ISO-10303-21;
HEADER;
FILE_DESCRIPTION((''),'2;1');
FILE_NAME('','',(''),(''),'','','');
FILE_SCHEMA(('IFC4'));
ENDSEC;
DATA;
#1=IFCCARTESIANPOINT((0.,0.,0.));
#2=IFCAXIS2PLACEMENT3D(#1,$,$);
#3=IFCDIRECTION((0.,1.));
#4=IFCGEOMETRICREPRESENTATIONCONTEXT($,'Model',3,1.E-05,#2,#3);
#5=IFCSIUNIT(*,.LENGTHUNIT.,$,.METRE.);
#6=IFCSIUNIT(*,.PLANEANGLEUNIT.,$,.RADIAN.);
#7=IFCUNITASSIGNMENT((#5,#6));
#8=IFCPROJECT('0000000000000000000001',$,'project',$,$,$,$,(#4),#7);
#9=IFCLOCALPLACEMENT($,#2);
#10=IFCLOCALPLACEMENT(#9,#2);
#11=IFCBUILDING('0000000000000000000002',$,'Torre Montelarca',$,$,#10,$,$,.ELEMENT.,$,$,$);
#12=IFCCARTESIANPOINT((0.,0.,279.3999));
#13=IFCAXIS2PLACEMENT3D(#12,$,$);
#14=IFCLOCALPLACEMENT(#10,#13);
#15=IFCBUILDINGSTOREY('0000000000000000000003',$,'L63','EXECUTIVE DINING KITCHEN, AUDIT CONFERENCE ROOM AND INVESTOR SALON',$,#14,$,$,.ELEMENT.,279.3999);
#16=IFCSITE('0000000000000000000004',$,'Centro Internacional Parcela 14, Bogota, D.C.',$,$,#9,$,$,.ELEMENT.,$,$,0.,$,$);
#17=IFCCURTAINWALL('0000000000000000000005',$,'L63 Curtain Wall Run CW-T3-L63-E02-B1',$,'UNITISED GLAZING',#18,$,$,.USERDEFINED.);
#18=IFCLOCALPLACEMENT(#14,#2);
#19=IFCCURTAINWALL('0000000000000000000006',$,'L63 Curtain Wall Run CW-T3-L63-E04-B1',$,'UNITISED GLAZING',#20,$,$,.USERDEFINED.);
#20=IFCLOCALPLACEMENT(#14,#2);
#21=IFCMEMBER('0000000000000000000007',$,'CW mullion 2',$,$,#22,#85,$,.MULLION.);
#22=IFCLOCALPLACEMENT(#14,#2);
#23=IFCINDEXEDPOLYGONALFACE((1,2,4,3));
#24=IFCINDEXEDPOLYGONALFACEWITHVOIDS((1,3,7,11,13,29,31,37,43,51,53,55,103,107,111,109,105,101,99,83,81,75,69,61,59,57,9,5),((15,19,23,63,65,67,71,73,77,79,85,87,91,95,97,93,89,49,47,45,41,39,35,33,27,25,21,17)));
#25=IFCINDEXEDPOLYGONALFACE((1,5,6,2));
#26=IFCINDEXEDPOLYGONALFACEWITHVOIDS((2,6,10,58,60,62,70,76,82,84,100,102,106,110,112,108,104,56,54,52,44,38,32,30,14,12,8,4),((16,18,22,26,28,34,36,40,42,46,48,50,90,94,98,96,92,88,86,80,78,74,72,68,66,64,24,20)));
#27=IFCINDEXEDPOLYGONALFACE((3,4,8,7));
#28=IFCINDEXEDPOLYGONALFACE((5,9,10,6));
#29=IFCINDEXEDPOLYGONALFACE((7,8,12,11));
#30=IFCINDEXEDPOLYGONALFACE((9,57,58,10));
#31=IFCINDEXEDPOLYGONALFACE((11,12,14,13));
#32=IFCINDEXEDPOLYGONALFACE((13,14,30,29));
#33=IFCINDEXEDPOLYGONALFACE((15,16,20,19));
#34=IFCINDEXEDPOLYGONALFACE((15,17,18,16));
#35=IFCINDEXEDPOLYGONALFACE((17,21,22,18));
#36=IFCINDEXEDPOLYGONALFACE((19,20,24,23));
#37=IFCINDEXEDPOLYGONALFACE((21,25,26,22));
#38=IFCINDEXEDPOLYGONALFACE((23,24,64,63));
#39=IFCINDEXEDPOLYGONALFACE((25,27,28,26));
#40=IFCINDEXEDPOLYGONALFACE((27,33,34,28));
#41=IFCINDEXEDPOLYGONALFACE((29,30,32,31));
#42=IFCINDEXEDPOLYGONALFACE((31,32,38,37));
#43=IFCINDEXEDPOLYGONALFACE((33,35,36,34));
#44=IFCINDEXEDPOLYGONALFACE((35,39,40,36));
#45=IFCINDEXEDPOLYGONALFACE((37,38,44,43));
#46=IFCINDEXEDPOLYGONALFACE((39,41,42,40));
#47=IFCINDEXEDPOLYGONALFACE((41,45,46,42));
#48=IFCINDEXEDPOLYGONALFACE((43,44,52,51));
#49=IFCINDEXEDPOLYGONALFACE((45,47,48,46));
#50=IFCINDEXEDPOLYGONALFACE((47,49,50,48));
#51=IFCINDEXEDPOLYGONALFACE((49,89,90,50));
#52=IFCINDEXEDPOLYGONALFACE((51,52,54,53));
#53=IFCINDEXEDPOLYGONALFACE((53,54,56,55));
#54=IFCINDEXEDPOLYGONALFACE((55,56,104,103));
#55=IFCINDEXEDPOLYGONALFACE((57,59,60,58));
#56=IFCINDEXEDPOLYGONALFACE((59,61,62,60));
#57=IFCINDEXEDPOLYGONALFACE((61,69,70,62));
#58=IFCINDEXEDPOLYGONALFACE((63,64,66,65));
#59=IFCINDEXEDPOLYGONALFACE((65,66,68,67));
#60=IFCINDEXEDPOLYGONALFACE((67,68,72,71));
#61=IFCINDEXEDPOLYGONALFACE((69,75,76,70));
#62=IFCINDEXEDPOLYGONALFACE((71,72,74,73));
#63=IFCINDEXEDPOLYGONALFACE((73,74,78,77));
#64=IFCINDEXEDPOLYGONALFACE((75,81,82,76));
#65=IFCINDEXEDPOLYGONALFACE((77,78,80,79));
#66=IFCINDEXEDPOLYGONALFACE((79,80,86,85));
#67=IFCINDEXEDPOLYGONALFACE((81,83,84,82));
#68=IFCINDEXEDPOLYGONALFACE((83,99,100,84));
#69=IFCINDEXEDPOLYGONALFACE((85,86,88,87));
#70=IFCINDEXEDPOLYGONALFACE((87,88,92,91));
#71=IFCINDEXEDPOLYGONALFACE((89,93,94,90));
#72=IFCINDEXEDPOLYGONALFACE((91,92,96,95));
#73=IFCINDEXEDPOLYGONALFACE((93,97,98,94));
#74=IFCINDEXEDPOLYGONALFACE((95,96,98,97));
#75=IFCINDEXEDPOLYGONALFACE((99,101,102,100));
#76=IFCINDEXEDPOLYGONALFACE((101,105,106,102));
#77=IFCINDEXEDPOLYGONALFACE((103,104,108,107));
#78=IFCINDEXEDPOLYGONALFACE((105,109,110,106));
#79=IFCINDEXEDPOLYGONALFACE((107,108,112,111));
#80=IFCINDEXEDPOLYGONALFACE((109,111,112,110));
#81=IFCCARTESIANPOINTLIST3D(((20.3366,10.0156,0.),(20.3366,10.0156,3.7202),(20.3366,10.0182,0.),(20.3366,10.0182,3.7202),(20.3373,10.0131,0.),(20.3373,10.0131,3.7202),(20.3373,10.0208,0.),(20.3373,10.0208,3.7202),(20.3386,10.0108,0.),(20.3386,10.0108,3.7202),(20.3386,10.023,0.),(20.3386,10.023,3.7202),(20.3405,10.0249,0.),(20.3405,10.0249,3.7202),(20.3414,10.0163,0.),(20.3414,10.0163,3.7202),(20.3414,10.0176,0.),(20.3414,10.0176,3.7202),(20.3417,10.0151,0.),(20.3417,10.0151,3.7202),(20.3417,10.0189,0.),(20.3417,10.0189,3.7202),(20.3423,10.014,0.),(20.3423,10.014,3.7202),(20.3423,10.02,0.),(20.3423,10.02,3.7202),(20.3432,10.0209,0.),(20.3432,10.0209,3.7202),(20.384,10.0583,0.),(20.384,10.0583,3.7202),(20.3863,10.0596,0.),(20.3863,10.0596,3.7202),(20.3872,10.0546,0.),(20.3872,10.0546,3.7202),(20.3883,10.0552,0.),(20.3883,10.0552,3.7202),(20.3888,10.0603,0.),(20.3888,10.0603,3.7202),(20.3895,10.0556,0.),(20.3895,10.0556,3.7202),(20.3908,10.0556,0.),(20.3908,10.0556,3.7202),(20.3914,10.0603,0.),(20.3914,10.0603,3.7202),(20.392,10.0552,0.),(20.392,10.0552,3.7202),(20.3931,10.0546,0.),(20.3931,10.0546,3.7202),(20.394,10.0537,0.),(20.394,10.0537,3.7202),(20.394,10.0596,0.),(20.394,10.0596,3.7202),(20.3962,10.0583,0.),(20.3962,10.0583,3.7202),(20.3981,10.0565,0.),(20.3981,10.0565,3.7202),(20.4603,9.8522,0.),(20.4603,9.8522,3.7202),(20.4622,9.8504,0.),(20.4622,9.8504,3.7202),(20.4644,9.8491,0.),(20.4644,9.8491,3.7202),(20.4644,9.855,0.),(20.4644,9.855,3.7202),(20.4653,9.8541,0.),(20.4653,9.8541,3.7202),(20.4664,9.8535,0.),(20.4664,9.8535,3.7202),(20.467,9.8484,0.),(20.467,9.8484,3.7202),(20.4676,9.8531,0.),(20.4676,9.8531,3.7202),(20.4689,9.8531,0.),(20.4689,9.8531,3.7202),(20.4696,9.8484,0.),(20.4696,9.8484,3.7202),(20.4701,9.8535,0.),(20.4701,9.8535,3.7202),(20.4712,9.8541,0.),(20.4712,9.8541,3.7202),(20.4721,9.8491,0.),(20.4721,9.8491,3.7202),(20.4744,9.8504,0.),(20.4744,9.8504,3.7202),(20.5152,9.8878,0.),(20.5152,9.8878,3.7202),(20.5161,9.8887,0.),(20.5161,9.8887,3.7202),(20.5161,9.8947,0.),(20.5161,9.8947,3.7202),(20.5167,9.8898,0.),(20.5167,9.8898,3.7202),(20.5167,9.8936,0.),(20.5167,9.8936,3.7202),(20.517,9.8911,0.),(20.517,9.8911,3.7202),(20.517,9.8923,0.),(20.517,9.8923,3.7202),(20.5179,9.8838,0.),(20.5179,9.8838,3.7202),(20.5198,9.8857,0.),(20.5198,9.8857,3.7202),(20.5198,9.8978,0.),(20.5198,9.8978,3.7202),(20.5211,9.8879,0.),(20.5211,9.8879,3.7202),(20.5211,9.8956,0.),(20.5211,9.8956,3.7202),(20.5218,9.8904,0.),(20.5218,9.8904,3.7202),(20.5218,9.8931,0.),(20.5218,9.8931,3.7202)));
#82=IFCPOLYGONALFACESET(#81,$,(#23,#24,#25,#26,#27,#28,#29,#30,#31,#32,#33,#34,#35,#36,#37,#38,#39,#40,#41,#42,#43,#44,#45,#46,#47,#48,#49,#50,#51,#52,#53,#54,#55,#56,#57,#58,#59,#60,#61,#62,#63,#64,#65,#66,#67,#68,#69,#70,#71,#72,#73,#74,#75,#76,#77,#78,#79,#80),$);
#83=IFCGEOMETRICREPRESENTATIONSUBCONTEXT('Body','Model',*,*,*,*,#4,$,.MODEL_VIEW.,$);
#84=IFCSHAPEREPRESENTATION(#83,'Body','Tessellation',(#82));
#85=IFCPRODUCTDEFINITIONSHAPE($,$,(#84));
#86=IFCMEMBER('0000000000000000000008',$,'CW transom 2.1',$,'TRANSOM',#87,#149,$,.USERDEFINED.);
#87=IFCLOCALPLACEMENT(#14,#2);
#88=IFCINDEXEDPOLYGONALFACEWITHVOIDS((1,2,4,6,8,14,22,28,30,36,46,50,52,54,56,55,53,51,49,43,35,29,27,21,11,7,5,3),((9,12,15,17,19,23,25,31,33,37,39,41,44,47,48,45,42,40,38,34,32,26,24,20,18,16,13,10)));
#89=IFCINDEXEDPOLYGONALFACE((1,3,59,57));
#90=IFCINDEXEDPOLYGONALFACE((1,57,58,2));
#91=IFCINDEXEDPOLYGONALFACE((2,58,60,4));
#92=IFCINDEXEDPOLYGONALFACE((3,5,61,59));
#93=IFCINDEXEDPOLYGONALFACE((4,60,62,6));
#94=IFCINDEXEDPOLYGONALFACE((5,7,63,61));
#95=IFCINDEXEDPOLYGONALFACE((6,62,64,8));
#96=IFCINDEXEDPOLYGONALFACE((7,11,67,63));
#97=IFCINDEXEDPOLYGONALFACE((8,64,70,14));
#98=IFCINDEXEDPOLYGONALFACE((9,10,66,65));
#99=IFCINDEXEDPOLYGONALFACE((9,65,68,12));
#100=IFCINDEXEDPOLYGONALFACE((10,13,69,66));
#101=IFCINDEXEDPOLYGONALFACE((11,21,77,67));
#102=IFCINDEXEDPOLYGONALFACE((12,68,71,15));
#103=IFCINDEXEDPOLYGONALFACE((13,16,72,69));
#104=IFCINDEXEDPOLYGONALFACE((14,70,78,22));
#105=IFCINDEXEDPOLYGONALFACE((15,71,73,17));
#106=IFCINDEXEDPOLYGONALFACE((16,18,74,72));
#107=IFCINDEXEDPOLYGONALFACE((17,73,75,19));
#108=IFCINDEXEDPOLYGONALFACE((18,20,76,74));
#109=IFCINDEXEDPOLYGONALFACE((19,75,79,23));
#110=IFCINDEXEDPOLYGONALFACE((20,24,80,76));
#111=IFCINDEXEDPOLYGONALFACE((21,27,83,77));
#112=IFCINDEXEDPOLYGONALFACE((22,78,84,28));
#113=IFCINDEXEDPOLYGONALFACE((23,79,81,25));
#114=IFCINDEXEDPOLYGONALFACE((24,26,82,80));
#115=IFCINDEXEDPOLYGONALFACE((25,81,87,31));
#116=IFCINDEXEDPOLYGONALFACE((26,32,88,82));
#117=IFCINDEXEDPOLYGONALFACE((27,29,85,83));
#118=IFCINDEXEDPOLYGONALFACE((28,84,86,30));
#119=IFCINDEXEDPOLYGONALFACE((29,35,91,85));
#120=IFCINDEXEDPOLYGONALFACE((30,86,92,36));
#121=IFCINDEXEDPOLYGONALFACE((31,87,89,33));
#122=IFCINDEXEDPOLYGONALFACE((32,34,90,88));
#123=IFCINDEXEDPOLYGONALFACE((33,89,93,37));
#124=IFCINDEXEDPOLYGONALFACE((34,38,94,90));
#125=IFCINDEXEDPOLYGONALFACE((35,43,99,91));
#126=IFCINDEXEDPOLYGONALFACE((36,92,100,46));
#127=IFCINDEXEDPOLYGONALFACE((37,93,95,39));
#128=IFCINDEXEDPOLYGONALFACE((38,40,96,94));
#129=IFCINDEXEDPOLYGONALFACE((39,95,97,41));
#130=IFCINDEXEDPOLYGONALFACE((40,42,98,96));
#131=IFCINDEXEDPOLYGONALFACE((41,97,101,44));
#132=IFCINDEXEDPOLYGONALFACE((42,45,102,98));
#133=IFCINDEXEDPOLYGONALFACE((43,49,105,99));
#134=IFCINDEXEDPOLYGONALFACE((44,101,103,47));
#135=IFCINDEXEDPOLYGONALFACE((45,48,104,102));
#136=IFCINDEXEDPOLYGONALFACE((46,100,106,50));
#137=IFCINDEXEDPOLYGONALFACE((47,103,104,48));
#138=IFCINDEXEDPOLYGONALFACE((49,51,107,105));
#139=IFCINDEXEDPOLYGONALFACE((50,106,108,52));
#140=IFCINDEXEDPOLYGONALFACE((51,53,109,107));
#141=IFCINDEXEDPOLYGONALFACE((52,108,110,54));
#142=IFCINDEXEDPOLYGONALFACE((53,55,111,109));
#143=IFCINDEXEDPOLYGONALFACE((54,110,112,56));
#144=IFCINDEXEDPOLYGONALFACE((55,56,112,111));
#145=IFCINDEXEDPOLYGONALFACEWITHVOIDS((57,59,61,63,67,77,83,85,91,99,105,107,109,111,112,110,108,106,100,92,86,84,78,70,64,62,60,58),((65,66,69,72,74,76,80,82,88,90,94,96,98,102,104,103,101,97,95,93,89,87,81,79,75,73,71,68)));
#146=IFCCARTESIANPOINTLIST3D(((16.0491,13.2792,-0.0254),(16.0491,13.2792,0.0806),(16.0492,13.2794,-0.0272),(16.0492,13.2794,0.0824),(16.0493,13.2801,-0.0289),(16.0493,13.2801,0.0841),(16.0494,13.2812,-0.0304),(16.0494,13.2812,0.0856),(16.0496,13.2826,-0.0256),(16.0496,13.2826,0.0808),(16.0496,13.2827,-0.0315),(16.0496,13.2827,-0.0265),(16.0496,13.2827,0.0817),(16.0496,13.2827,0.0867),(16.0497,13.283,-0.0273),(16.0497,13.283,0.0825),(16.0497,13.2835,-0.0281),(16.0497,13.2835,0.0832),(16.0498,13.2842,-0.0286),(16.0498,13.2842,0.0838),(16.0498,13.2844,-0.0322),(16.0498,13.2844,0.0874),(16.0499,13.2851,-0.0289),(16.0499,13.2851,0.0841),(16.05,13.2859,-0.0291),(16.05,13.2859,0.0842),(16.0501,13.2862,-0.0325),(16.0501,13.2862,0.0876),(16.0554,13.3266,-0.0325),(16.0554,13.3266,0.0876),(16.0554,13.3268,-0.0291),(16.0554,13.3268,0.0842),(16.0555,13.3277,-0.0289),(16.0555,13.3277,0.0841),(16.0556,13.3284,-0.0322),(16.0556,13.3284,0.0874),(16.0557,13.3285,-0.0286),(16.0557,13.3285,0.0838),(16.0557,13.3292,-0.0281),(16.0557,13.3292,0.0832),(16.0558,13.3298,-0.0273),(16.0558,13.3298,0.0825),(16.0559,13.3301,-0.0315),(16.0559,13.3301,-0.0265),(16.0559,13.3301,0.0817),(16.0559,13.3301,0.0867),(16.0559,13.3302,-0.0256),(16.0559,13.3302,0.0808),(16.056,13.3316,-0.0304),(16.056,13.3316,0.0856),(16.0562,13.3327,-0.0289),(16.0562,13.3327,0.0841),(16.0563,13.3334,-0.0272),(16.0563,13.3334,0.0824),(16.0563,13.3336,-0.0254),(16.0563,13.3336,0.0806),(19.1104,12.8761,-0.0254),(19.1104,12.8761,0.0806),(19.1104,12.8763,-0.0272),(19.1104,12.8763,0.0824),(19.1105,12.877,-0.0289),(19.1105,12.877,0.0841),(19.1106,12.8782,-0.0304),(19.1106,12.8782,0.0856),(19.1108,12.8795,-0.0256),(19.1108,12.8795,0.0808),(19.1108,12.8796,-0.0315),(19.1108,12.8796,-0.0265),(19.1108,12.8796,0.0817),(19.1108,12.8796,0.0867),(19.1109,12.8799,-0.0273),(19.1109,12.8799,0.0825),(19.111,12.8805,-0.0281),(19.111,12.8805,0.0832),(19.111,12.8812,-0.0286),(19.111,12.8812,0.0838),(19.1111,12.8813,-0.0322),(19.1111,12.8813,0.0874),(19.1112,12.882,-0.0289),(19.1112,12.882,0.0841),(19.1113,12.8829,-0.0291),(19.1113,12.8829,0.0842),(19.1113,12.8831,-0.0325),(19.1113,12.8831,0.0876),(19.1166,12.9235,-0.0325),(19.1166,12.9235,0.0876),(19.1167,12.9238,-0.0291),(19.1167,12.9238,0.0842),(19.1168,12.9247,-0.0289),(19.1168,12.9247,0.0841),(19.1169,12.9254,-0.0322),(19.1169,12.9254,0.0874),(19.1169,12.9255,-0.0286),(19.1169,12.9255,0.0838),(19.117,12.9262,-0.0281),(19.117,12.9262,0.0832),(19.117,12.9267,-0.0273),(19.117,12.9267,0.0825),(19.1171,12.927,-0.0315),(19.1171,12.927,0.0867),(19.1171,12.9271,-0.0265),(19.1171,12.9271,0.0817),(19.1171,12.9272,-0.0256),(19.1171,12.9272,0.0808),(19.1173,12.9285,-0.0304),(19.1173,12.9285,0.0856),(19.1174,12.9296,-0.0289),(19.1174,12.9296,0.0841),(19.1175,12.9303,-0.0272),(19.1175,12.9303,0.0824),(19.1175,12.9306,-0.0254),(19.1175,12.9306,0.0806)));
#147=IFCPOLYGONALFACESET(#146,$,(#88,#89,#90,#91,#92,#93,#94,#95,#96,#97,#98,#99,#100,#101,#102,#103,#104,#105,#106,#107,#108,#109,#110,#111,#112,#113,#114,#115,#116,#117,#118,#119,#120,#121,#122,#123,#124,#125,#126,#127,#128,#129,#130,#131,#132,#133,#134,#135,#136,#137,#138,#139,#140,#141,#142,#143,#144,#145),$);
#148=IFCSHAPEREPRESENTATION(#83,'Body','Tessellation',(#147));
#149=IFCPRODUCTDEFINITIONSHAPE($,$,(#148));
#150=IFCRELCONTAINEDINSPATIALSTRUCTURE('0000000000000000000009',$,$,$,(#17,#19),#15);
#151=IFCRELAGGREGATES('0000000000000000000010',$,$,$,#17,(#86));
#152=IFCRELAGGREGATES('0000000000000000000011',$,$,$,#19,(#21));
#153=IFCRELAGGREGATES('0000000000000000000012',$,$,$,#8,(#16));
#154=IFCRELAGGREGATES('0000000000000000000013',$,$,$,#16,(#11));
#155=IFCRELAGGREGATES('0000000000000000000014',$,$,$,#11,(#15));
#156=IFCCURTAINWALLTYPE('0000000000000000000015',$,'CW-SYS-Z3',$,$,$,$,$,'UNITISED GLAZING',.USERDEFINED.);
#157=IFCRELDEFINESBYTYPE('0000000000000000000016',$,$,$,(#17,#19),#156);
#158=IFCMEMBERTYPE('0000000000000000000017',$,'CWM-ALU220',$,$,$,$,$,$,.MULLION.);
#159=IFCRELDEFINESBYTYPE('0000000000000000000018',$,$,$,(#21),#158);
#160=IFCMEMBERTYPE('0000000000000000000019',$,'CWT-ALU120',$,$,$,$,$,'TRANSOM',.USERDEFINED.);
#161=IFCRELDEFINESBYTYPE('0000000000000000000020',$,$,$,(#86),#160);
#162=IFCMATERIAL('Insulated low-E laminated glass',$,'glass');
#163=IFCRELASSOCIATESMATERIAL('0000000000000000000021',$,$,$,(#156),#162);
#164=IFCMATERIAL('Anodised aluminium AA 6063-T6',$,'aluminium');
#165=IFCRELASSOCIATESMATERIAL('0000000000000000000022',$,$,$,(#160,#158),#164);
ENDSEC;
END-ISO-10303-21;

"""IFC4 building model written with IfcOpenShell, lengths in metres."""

from ifc_helpers import new_model, si_unit, direction, frame, origin, origin_2d, place, context, subcontext, project, spatial, hollow_rectangle, extrude, source, transform, mapped, material, material_profile, profile_set, type_object, element, aggregate, save


model = new_model("IFC4")

# Units and contexts
model_context = context("Model", 3, precision=1e-05, world=origin(), true_north=direction((0.0, 1.0)))
body_context = subcontext(model_context, "Body", "Model", "MODEL_VIEW")
ifc_project = project(units=[si_unit("LENGTHUNIT", "METRE"), si_unit("PLANEANGLEUNIT", "RADIAN")], contexts=[model_context])

# Site, building, storey
site_placement = place(None, origin())
site = spatial("IfcSite", under=ifc_project, at=site_placement, Name="Centro Internacional Parcela 14, Bogota, D.C.", CompositionType="ELEMENT", RefElevation=0.0)
building_placement = place(site_placement, origin())
building = spatial("IfcBuilding", under=site, at=building_placement, Name="Torre Montelarca", CompositionType="ELEMENT")
storey_placement = place(building_placement, frame((0.0, 0.0, 279.3999)))
storey = spatial("IfcBuildingStorey", under=building, at=storey_placement, Name="L63", Description="EXECUTIVE DINING KITCHEN, AUDIT CONFERENCE ROOM AND INVESTOR SALON", CompositionType="ELEMENT", Elevation=279.3999)

# Curtain walls
ifc_material_1 = material(Name="Insulated low-E laminated glass", Category="glass")
curtain_wall_type = type_object("IfcCurtainWallType", Name="CW-SYS-Z3", ElementType="UNITISED GLAZING", PredefinedType="USERDEFINED", material=ifc_material_1)
curtain_wall_1_placement = place(storey_placement, origin())
curtain_wall_1 = element("IfcCurtainWall", 1, at=curtain_wall_1_placement, inside=storey, type_object=curtain_wall_type, Name="L63 Curtain Wall Run CW-T3-L63-E02-B1", ObjectType="UNITISED GLAZING", PredefinedType="USERDEFINED")
ifc_material_2 = material(Name="Anodised aluminium AA 6063-T6", Category="aluminium")
ifc_material_profile_1 = material_profile(ifc_material_2, hollow_rectangle(XDim=0.0549, YDim=0.1201, WallThickness=0.0034, InnerFilletRadius=0.0034, OuterFilletRadius=0.0071, at=origin_2d()), Name="ALU55X120X3.5", Category="aluminium")
ifc_profile_set_1 = profile_set([ifc_material_profile_1], Name="Anodised aluminium AA 6063-T6")
member_type_1 = type_object("IfcMemberType", Name="CWT-ALU120", ElementType="TRANSOM", PredefinedType="USERDEFINED", material=ifc_profile_set_1)
curtain_wall_2_placement = place(storey_placement, origin())
curtain_wall_2 = element("IfcCurtainWall", 2, at=curtain_wall_2_placement, inside=storey, type_object=curtain_wall_type, Name="L63 Curtain Wall Run CW-T3-L63-E04-B1", ObjectType="UNITISED GLAZING", PredefinedType="USERDEFINED")

# Members
ifc_material_profile_2 = material_profile(ifc_material_2, hollow_rectangle(XDim=0.075, YDim=0.22, WallThickness=0.0049, InnerFilletRadius=0.0049, OuterFilletRadius=0.01, at=origin_2d()), Name="ALU75X220X5", Category="aluminium")
ifc_profile_set_2 = profile_set([ifc_material_profile_2], Name="Anodised aluminium AA 6063-T6")
member_type_2 = type_object("IfcMemberType", Name="CWM-ALU220", PredefinedType="MULLION", material=ifc_profile_set_2)
shared_shape_1 = source(origin(), body_context, "Body", "SweptSolid", [
    extrude(hollow_rectangle(XDim=0.075, YDim=0.22, WallThickness=0.0049, InnerFilletRadius=0.0049, OuterFilletRadius=0.01, at=origin_2d()), origin(), (0.0, 0.0, 1.0), 3.7202),
])
member_1_placement = place(storey_placement, frame((20.4292, 9.9543, 0.0), z_axis=(0.0, 0.0, 1.0), x_axis=(0.793353, 0.608762, 0.0)))
member_1 = element("IfcMember", 3, at=member_1_placement, type_object=member_type_2, Name="CW mullion 2", PredefinedType="MULLION", context=body_context, shape_type="MappedRepresentation", body=[
    mapped(shared_shape_1, transform((0.0, 0.0, 0.0), scale=1.0)),
])
shared_shape_2 = source(origin(), body_context, "Body", "SweptSolid", [
    extrude(hollow_rectangle(XDim=0.0549, YDim=0.1201, WallThickness=0.0034, InnerFilletRadius=0.0034, OuterFilletRadius=0.0071, at=origin_2d()), origin(), (0.0, 0.0, 1.0), 3.0876),
])
member_2_placement = place(storey_placement, frame((16.0527, 13.3064, 0.0276), z_axis=(0.991443, -0.130542, 0.0), x_axis=(0.130542, 0.991443, 0.0)))
member_2 = element("IfcMember", 4, at=member_2_placement, type_object=member_type_1, Name="CW transom 2.1", ObjectType="TRANSOM", PredefinedType="USERDEFINED", context=body_context, shape_type="MappedRepresentation", body=[
    mapped(shared_shape_2, transform((0.0, 0.0, 0.0), scale=1.0)),
])

aggregate(curtain_wall_1, [member_2])
aggregate(curtain_wall_2, [member_1])

save(model, "model.ifc")
